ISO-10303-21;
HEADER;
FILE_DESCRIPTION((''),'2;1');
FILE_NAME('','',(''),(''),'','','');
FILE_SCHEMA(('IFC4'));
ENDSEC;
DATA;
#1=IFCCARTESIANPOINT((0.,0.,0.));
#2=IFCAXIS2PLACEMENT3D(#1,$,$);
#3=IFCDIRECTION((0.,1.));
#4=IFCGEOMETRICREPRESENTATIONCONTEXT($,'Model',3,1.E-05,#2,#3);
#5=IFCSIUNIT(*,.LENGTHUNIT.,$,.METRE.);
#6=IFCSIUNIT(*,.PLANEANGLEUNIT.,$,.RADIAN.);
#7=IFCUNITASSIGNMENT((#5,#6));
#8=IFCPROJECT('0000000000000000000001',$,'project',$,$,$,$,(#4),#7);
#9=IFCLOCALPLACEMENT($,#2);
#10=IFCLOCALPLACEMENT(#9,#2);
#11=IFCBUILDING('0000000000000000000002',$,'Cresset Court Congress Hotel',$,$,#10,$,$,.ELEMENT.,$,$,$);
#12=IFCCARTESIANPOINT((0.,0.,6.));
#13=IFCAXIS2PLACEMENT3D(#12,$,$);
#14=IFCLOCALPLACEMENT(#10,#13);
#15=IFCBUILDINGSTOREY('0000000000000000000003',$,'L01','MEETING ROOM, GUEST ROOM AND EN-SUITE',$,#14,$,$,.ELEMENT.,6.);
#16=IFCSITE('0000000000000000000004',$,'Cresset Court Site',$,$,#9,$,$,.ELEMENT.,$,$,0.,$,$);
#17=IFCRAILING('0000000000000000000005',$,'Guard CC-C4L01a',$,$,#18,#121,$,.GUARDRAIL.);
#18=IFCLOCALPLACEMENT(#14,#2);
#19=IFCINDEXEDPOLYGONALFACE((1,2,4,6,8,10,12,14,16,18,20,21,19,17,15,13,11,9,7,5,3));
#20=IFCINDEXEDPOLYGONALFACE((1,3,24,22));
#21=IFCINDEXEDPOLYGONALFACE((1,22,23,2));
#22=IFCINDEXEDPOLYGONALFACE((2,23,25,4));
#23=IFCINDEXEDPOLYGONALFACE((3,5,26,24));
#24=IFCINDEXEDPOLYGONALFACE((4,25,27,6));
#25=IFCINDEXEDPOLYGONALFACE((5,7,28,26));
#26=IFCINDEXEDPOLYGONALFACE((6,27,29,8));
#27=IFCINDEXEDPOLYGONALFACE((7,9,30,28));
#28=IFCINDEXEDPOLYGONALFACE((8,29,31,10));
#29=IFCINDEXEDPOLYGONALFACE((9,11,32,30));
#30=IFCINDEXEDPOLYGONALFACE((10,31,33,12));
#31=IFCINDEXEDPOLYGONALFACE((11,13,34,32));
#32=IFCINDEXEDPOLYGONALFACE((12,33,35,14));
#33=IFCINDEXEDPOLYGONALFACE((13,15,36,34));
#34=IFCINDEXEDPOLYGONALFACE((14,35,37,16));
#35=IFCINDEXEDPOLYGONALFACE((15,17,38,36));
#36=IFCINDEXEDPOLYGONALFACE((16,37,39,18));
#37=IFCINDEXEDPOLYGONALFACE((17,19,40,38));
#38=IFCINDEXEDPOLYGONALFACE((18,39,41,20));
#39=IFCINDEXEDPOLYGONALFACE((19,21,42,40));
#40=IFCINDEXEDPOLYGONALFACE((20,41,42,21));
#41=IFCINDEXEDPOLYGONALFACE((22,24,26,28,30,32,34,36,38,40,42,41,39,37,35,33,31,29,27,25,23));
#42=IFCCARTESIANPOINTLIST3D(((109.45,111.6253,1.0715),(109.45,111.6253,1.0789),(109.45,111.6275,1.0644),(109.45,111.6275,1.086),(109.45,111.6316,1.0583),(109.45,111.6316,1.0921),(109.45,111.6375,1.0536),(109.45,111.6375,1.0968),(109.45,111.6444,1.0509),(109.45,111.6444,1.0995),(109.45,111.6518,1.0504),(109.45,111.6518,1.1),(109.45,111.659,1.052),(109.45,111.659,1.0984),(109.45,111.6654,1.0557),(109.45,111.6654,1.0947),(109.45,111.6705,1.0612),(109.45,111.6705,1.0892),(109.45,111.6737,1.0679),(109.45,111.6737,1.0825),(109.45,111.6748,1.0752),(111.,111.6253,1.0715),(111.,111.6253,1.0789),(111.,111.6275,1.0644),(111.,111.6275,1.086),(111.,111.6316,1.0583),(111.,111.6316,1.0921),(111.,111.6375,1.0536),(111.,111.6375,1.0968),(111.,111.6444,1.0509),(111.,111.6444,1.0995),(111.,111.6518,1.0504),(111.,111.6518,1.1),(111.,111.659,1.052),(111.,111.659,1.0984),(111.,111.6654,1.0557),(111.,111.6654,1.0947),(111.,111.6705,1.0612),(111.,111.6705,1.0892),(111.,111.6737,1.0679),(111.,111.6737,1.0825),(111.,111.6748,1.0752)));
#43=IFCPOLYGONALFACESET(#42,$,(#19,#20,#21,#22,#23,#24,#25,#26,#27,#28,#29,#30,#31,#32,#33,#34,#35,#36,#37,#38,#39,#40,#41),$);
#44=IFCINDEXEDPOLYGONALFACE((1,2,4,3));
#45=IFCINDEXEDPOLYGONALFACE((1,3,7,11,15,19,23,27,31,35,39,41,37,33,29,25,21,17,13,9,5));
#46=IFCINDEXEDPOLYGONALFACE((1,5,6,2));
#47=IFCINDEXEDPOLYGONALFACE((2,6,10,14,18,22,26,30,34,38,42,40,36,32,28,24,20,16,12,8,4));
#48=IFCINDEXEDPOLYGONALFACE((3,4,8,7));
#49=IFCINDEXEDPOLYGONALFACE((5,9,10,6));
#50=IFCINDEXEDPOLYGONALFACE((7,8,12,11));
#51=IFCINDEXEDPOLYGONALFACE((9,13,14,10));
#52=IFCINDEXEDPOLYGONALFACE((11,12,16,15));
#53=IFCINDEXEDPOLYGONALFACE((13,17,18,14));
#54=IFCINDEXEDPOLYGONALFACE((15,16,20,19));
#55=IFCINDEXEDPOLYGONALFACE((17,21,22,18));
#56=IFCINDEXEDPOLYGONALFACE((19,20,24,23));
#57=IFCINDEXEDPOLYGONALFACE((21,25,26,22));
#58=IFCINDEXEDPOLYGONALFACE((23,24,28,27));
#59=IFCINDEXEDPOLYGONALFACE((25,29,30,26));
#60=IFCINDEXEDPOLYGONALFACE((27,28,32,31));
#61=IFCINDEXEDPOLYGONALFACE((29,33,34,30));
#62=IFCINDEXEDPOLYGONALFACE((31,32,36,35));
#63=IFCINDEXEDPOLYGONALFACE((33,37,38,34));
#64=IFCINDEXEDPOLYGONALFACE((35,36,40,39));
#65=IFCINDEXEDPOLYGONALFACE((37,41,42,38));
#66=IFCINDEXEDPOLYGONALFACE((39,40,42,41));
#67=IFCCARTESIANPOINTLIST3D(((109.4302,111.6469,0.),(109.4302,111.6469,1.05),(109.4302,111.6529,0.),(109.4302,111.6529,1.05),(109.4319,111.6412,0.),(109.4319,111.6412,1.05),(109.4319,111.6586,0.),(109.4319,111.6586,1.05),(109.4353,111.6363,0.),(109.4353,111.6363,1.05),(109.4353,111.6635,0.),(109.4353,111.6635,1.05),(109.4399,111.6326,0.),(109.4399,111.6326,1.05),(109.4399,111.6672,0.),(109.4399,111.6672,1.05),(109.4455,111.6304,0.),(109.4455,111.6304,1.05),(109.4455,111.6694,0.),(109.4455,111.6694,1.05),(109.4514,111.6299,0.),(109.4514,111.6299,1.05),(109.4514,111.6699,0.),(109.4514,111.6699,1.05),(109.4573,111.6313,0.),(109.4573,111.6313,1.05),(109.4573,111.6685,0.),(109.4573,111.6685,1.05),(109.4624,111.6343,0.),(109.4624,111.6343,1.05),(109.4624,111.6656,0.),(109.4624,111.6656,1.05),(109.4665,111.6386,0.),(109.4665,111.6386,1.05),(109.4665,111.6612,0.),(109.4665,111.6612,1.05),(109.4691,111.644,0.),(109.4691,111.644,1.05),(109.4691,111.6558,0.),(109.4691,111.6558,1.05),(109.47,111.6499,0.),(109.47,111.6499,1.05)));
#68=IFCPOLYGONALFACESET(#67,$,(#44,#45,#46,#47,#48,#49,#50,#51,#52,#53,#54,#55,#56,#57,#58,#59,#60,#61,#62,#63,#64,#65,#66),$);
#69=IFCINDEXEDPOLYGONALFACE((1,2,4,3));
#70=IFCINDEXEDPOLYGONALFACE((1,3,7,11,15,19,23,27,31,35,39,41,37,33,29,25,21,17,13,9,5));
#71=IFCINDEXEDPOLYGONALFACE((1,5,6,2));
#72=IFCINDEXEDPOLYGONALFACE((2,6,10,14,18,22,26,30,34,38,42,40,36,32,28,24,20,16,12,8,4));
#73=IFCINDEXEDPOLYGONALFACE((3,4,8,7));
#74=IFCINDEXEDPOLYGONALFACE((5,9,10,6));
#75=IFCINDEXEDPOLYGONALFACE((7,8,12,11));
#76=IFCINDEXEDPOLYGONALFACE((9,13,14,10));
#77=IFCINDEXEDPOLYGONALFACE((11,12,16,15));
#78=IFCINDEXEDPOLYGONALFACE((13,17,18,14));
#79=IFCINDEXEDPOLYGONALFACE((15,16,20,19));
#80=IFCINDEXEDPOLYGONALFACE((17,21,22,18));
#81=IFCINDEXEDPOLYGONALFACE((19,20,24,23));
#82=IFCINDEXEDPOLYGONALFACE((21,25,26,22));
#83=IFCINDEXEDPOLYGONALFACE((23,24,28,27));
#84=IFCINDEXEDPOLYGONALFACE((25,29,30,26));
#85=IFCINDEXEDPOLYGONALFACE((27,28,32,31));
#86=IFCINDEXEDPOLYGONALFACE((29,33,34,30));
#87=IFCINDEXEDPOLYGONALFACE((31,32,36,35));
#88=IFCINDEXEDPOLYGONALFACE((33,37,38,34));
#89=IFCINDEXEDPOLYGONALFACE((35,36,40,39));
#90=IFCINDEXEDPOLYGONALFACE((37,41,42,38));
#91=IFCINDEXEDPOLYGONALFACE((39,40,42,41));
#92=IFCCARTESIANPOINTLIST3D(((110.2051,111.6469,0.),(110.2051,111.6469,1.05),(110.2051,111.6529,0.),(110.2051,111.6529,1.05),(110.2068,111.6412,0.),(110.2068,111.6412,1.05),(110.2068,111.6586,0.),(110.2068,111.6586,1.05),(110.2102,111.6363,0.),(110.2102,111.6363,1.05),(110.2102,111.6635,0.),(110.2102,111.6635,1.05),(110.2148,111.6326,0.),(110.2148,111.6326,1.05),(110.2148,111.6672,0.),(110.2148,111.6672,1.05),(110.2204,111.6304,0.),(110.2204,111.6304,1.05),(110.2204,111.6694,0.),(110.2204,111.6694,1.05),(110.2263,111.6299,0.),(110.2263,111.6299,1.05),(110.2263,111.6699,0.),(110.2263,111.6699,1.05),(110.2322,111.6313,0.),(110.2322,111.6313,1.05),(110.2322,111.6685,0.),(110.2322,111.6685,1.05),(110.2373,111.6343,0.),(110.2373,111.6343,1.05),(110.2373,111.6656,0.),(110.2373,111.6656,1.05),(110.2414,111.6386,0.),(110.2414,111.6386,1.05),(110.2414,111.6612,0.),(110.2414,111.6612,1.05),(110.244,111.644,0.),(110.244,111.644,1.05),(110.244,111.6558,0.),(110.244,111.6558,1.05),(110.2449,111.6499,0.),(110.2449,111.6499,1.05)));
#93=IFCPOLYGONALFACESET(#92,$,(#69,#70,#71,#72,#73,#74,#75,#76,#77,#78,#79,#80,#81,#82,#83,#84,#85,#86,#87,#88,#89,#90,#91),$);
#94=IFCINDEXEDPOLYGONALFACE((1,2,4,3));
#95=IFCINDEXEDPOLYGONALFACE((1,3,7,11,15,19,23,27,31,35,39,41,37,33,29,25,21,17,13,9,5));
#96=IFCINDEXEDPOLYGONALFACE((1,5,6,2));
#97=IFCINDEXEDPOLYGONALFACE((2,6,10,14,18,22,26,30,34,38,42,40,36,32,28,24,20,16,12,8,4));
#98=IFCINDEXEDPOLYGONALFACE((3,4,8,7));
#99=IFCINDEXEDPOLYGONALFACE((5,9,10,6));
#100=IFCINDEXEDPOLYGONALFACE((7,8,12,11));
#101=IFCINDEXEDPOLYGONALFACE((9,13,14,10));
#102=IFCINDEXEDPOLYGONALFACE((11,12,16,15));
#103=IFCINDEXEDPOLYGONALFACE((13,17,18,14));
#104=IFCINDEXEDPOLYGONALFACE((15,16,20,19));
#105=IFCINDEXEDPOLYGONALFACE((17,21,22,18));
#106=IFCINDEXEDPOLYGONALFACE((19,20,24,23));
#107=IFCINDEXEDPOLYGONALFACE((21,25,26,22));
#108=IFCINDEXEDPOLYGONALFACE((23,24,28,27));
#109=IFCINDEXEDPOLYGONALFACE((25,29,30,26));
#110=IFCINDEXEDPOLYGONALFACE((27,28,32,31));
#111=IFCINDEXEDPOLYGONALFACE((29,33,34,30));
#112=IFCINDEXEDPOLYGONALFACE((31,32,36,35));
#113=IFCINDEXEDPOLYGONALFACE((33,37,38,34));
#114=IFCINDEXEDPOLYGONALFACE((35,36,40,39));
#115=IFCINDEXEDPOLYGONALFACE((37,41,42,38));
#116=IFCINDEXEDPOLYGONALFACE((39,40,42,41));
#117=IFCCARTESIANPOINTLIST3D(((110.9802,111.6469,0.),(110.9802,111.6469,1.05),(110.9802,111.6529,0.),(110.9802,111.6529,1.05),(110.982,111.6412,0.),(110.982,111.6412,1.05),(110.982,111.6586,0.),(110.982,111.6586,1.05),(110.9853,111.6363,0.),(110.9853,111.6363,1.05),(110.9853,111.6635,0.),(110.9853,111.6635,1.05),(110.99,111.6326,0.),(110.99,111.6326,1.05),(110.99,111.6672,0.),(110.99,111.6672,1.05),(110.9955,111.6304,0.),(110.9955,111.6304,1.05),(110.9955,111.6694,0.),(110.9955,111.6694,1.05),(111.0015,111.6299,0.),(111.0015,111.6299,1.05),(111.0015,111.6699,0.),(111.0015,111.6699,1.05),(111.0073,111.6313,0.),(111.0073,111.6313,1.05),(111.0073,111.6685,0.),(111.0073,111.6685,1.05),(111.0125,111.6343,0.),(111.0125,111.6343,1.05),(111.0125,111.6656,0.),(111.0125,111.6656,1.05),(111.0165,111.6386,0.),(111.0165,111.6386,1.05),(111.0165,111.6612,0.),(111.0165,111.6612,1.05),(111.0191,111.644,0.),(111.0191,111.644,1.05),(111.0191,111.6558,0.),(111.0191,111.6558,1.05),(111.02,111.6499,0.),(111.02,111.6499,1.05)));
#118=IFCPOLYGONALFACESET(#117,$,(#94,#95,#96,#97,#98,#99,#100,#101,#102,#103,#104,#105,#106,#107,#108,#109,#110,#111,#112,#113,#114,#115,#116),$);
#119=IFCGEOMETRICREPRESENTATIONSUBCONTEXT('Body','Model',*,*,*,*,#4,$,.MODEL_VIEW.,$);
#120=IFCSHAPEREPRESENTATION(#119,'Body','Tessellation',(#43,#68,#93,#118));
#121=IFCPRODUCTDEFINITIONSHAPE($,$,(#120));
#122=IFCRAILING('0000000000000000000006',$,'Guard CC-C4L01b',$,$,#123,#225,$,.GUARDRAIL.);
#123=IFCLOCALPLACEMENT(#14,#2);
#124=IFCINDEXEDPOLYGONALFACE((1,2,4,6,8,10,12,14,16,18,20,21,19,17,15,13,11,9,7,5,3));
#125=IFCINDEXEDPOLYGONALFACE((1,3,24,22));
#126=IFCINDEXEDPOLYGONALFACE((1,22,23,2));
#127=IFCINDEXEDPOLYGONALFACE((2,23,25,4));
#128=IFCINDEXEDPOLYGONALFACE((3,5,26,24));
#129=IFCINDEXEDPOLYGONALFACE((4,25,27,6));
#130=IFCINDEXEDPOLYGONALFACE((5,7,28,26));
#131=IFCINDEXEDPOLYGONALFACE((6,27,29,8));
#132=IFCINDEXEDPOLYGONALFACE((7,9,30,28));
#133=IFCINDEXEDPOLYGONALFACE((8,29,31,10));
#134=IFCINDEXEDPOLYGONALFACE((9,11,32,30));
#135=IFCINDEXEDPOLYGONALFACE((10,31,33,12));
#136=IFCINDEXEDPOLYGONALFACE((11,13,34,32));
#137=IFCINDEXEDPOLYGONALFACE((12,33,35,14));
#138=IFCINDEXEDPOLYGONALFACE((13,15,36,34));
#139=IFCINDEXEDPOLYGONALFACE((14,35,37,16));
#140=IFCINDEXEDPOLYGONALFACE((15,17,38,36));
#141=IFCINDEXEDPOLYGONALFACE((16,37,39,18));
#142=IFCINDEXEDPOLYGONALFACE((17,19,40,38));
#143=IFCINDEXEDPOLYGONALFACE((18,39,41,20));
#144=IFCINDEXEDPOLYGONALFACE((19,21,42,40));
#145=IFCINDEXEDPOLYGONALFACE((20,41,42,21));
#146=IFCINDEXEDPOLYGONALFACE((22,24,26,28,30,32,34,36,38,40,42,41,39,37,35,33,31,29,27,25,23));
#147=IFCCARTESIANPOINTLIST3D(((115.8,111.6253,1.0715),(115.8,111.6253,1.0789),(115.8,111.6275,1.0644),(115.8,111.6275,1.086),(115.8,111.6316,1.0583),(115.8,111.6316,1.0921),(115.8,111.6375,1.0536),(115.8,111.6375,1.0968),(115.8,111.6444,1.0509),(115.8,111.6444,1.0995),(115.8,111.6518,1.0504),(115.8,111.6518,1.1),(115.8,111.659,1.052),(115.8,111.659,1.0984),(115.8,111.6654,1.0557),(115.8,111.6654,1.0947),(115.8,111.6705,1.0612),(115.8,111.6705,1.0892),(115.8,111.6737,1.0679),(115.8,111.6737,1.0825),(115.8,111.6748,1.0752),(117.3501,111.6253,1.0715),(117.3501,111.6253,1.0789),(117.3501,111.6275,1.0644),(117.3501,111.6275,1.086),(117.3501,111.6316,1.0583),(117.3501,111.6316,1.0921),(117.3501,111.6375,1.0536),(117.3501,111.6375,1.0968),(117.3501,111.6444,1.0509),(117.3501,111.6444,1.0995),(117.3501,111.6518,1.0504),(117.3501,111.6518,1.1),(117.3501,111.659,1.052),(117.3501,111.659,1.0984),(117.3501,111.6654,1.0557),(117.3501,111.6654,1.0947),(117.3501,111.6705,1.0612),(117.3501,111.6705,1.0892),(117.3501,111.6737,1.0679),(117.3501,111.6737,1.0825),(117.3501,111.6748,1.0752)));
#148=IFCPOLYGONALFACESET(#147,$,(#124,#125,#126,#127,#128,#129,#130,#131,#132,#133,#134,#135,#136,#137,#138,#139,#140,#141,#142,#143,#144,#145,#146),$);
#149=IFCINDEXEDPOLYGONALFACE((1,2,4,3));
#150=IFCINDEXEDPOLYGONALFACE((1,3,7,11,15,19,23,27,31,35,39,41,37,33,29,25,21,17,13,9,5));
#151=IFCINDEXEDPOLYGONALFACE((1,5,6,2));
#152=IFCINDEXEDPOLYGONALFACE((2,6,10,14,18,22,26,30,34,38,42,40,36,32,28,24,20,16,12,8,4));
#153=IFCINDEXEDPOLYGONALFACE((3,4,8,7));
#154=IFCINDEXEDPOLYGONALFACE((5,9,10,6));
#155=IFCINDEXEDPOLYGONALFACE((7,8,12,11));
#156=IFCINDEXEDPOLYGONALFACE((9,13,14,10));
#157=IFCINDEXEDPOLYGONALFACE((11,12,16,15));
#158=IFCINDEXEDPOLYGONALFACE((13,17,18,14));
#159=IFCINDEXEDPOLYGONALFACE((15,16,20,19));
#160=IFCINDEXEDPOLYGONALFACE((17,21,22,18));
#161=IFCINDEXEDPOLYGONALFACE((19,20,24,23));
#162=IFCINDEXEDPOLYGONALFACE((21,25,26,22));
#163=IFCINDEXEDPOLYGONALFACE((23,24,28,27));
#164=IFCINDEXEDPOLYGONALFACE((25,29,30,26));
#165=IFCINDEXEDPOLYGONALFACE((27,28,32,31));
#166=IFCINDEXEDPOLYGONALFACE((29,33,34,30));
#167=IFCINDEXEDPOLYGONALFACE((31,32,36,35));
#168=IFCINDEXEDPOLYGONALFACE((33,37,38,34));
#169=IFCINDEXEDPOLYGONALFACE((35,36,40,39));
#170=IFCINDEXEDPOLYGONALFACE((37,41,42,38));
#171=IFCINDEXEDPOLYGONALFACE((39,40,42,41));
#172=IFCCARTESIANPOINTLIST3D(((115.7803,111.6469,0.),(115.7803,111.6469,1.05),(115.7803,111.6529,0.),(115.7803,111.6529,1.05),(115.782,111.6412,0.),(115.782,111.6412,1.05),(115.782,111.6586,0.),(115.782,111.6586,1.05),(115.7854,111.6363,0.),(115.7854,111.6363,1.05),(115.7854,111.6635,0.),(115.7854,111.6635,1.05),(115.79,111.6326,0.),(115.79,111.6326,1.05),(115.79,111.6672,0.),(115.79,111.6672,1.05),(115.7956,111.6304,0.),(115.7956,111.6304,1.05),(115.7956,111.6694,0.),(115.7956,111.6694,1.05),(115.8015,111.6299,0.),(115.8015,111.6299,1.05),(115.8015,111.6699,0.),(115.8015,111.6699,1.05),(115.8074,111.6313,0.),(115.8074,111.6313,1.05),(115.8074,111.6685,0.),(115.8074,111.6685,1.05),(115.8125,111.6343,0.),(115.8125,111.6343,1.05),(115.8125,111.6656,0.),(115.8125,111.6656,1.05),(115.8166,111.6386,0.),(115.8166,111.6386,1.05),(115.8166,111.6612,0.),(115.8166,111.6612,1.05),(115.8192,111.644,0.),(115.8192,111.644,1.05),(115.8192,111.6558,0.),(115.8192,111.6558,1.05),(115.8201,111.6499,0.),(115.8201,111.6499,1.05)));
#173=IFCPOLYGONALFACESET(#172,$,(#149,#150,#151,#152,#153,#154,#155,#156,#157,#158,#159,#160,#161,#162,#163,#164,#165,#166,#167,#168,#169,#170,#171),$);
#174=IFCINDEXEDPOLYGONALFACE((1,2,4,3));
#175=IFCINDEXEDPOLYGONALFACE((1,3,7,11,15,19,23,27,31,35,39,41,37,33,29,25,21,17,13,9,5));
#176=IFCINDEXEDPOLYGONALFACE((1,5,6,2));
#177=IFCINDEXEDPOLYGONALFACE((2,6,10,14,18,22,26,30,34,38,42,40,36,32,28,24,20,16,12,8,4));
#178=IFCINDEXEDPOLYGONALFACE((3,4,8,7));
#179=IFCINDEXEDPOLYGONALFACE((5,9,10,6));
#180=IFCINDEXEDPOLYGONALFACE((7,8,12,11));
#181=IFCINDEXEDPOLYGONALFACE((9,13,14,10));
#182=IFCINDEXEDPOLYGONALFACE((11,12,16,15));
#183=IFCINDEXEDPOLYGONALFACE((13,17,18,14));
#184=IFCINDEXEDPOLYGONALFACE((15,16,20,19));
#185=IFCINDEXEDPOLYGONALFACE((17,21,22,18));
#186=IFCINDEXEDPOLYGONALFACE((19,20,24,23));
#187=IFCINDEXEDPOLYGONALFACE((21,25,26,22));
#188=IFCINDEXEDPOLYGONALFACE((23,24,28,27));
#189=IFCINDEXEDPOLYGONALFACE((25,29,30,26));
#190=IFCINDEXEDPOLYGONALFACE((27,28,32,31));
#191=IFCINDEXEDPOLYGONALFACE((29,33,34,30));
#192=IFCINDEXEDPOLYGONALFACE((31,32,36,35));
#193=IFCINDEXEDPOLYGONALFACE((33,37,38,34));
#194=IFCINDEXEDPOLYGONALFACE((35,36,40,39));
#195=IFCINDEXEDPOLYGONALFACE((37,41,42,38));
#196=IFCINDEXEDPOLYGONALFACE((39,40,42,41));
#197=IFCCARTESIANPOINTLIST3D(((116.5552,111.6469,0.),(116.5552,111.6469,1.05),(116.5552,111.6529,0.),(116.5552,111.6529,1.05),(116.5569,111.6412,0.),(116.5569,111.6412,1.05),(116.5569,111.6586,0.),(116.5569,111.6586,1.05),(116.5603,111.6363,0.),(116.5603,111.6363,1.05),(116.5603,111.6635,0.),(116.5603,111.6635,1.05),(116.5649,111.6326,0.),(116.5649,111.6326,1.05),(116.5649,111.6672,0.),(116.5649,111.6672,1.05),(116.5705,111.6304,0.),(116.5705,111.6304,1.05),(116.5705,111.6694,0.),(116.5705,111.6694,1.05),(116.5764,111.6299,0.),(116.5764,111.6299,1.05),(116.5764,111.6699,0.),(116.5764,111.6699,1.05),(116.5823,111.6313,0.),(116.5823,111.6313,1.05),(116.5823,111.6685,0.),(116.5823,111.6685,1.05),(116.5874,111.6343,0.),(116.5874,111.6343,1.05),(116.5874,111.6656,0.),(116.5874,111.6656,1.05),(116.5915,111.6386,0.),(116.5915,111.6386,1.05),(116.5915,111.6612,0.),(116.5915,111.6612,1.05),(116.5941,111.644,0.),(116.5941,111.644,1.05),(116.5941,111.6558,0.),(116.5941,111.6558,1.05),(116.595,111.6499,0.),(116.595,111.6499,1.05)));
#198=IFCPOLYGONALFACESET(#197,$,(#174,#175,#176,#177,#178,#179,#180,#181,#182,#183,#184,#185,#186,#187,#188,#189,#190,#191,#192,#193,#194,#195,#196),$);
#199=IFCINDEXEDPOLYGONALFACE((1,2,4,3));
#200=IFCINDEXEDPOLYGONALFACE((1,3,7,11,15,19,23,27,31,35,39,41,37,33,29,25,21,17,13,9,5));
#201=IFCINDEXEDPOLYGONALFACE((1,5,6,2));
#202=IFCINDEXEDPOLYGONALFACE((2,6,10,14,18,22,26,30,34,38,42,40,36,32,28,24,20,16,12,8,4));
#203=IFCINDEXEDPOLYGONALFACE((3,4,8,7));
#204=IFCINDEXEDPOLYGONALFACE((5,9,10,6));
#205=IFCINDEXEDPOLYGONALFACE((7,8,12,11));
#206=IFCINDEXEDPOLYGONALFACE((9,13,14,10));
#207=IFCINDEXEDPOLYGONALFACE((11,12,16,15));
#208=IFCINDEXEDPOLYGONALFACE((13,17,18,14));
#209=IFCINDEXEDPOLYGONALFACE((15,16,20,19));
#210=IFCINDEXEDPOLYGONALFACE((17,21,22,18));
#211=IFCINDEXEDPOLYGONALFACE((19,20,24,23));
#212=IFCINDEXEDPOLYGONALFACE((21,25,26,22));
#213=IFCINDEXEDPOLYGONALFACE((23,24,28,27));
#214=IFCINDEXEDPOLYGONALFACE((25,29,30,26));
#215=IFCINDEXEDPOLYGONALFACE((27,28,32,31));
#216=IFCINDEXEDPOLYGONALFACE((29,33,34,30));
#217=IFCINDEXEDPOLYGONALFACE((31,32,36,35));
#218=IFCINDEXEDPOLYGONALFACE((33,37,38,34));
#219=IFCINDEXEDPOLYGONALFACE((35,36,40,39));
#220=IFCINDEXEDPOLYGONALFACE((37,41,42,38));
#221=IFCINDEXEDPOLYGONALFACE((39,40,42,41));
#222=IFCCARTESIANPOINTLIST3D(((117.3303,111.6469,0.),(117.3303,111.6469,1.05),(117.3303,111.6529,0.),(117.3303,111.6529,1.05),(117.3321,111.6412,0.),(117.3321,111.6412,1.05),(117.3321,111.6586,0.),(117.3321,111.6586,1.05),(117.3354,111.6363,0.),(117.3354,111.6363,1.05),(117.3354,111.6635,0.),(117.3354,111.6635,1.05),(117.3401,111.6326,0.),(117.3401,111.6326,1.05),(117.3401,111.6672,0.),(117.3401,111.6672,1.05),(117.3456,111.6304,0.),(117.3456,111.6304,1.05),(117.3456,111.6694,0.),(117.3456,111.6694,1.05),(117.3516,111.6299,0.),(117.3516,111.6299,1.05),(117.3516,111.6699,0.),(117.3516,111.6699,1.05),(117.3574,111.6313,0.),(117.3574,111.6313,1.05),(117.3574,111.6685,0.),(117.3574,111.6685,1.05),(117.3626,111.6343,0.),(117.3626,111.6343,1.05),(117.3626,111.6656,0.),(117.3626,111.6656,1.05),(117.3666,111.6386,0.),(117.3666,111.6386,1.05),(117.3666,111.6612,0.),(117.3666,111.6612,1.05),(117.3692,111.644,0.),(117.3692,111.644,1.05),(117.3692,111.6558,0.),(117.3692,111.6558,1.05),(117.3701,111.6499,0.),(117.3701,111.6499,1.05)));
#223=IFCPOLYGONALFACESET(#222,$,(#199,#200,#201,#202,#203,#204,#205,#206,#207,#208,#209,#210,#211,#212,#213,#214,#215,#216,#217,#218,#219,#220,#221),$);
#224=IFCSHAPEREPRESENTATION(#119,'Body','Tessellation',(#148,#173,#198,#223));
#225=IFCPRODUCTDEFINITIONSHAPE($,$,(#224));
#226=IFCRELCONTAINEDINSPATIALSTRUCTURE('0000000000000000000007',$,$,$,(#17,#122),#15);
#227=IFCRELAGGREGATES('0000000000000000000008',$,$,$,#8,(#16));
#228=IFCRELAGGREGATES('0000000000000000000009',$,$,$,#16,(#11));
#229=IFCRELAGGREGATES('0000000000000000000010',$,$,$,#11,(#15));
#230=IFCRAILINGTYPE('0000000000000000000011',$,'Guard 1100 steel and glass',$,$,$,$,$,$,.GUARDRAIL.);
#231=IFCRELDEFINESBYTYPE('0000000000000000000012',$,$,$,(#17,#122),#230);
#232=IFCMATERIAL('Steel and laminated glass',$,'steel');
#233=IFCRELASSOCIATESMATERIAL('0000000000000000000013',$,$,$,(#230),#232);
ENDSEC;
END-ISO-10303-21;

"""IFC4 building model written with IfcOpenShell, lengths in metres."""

from ifc_helpers import new_model, si_unit, direction, frame, origin, origin_2d, place, context, subcontext, project, spatial, circle, extrude, material, type_object, element, save


model = new_model("IFC4")

# Units and contexts
model_context = context("Model", 3, precision=1e-05, world=origin(), true_north=direction((0.0, 1.0)))
body_context = subcontext(model_context, "Body", "Model", "MODEL_VIEW")
ifc_project = project(units=[si_unit("LENGTHUNIT", "METRE"), si_unit("PLANEANGLEUNIT", "RADIAN")], contexts=[model_context])

# Site, building, storey
site_placement = place(None, origin())
site = spatial("IfcSite", under=ifc_project, at=site_placement, Name="Cresset Court Site", CompositionType="ELEMENT", RefElevation=0.0)
building_placement = place(site_placement, origin())
building = spatial("IfcBuilding", under=site, at=building_placement, Name="Cresset Court Congress Hotel", CompositionType="ELEMENT")
storey_placement = place(building_placement, frame((0.0, 0.0, 6.0)))
storey = spatial("IfcBuildingStorey", under=building, at=storey_placement, Name="L01", Description="MEETING ROOM, GUEST ROOM AND EN-SUITE", CompositionType="ELEMENT", Elevation=6.0)

# Railings
ifc_material_1 = material(Name="Steel and laminated glass", Category="steel")
railing_type = type_object("IfcRailingType", Name="Guard 1100 steel and glass", PredefinedType="GUARDRAIL", material=ifc_material_1)
for number, where, name in (
    (1, (109.45, 111.6499, 0.0), "Guard CC-C4L01a"),
    (2, (115.8, 111.6499, 0.0), "Guard CC-C4L01b"),
):
    element("IfcRailing", number, at=place(storey_placement, frame(where)), inside=storey, type_object=railing_type, Name=name, PredefinedType="GUARDRAIL", context=body_context, shape_type="SweptSolid", body=[
        extrude(circle(Radius=0.0249, at=origin_2d()), frame((0.0, 0.0, 1.0752), z_axis=(1.0, 0.0, 0.0), x_axis=(0.0, 1.0, 0.0)), (0.0, 0.0, 1.0), 1.55),
        extrude(circle(Radius=0.02, at=origin_2d()), origin(), (0.0, 0.0, 1.0), 1.05),
        extrude(circle(Radius=0.02, at=origin_2d()), frame((0.7749, 0.0, 0.0)), (0.0, 0.0, 1.0), 1.05),
        extrude(circle(Radius=0.02, at=origin_2d()), frame((1.55, 0.0, 0.0)), (0.0, 0.0, 1.0), 1.05),
    ])

save(model, "model.ifc")
